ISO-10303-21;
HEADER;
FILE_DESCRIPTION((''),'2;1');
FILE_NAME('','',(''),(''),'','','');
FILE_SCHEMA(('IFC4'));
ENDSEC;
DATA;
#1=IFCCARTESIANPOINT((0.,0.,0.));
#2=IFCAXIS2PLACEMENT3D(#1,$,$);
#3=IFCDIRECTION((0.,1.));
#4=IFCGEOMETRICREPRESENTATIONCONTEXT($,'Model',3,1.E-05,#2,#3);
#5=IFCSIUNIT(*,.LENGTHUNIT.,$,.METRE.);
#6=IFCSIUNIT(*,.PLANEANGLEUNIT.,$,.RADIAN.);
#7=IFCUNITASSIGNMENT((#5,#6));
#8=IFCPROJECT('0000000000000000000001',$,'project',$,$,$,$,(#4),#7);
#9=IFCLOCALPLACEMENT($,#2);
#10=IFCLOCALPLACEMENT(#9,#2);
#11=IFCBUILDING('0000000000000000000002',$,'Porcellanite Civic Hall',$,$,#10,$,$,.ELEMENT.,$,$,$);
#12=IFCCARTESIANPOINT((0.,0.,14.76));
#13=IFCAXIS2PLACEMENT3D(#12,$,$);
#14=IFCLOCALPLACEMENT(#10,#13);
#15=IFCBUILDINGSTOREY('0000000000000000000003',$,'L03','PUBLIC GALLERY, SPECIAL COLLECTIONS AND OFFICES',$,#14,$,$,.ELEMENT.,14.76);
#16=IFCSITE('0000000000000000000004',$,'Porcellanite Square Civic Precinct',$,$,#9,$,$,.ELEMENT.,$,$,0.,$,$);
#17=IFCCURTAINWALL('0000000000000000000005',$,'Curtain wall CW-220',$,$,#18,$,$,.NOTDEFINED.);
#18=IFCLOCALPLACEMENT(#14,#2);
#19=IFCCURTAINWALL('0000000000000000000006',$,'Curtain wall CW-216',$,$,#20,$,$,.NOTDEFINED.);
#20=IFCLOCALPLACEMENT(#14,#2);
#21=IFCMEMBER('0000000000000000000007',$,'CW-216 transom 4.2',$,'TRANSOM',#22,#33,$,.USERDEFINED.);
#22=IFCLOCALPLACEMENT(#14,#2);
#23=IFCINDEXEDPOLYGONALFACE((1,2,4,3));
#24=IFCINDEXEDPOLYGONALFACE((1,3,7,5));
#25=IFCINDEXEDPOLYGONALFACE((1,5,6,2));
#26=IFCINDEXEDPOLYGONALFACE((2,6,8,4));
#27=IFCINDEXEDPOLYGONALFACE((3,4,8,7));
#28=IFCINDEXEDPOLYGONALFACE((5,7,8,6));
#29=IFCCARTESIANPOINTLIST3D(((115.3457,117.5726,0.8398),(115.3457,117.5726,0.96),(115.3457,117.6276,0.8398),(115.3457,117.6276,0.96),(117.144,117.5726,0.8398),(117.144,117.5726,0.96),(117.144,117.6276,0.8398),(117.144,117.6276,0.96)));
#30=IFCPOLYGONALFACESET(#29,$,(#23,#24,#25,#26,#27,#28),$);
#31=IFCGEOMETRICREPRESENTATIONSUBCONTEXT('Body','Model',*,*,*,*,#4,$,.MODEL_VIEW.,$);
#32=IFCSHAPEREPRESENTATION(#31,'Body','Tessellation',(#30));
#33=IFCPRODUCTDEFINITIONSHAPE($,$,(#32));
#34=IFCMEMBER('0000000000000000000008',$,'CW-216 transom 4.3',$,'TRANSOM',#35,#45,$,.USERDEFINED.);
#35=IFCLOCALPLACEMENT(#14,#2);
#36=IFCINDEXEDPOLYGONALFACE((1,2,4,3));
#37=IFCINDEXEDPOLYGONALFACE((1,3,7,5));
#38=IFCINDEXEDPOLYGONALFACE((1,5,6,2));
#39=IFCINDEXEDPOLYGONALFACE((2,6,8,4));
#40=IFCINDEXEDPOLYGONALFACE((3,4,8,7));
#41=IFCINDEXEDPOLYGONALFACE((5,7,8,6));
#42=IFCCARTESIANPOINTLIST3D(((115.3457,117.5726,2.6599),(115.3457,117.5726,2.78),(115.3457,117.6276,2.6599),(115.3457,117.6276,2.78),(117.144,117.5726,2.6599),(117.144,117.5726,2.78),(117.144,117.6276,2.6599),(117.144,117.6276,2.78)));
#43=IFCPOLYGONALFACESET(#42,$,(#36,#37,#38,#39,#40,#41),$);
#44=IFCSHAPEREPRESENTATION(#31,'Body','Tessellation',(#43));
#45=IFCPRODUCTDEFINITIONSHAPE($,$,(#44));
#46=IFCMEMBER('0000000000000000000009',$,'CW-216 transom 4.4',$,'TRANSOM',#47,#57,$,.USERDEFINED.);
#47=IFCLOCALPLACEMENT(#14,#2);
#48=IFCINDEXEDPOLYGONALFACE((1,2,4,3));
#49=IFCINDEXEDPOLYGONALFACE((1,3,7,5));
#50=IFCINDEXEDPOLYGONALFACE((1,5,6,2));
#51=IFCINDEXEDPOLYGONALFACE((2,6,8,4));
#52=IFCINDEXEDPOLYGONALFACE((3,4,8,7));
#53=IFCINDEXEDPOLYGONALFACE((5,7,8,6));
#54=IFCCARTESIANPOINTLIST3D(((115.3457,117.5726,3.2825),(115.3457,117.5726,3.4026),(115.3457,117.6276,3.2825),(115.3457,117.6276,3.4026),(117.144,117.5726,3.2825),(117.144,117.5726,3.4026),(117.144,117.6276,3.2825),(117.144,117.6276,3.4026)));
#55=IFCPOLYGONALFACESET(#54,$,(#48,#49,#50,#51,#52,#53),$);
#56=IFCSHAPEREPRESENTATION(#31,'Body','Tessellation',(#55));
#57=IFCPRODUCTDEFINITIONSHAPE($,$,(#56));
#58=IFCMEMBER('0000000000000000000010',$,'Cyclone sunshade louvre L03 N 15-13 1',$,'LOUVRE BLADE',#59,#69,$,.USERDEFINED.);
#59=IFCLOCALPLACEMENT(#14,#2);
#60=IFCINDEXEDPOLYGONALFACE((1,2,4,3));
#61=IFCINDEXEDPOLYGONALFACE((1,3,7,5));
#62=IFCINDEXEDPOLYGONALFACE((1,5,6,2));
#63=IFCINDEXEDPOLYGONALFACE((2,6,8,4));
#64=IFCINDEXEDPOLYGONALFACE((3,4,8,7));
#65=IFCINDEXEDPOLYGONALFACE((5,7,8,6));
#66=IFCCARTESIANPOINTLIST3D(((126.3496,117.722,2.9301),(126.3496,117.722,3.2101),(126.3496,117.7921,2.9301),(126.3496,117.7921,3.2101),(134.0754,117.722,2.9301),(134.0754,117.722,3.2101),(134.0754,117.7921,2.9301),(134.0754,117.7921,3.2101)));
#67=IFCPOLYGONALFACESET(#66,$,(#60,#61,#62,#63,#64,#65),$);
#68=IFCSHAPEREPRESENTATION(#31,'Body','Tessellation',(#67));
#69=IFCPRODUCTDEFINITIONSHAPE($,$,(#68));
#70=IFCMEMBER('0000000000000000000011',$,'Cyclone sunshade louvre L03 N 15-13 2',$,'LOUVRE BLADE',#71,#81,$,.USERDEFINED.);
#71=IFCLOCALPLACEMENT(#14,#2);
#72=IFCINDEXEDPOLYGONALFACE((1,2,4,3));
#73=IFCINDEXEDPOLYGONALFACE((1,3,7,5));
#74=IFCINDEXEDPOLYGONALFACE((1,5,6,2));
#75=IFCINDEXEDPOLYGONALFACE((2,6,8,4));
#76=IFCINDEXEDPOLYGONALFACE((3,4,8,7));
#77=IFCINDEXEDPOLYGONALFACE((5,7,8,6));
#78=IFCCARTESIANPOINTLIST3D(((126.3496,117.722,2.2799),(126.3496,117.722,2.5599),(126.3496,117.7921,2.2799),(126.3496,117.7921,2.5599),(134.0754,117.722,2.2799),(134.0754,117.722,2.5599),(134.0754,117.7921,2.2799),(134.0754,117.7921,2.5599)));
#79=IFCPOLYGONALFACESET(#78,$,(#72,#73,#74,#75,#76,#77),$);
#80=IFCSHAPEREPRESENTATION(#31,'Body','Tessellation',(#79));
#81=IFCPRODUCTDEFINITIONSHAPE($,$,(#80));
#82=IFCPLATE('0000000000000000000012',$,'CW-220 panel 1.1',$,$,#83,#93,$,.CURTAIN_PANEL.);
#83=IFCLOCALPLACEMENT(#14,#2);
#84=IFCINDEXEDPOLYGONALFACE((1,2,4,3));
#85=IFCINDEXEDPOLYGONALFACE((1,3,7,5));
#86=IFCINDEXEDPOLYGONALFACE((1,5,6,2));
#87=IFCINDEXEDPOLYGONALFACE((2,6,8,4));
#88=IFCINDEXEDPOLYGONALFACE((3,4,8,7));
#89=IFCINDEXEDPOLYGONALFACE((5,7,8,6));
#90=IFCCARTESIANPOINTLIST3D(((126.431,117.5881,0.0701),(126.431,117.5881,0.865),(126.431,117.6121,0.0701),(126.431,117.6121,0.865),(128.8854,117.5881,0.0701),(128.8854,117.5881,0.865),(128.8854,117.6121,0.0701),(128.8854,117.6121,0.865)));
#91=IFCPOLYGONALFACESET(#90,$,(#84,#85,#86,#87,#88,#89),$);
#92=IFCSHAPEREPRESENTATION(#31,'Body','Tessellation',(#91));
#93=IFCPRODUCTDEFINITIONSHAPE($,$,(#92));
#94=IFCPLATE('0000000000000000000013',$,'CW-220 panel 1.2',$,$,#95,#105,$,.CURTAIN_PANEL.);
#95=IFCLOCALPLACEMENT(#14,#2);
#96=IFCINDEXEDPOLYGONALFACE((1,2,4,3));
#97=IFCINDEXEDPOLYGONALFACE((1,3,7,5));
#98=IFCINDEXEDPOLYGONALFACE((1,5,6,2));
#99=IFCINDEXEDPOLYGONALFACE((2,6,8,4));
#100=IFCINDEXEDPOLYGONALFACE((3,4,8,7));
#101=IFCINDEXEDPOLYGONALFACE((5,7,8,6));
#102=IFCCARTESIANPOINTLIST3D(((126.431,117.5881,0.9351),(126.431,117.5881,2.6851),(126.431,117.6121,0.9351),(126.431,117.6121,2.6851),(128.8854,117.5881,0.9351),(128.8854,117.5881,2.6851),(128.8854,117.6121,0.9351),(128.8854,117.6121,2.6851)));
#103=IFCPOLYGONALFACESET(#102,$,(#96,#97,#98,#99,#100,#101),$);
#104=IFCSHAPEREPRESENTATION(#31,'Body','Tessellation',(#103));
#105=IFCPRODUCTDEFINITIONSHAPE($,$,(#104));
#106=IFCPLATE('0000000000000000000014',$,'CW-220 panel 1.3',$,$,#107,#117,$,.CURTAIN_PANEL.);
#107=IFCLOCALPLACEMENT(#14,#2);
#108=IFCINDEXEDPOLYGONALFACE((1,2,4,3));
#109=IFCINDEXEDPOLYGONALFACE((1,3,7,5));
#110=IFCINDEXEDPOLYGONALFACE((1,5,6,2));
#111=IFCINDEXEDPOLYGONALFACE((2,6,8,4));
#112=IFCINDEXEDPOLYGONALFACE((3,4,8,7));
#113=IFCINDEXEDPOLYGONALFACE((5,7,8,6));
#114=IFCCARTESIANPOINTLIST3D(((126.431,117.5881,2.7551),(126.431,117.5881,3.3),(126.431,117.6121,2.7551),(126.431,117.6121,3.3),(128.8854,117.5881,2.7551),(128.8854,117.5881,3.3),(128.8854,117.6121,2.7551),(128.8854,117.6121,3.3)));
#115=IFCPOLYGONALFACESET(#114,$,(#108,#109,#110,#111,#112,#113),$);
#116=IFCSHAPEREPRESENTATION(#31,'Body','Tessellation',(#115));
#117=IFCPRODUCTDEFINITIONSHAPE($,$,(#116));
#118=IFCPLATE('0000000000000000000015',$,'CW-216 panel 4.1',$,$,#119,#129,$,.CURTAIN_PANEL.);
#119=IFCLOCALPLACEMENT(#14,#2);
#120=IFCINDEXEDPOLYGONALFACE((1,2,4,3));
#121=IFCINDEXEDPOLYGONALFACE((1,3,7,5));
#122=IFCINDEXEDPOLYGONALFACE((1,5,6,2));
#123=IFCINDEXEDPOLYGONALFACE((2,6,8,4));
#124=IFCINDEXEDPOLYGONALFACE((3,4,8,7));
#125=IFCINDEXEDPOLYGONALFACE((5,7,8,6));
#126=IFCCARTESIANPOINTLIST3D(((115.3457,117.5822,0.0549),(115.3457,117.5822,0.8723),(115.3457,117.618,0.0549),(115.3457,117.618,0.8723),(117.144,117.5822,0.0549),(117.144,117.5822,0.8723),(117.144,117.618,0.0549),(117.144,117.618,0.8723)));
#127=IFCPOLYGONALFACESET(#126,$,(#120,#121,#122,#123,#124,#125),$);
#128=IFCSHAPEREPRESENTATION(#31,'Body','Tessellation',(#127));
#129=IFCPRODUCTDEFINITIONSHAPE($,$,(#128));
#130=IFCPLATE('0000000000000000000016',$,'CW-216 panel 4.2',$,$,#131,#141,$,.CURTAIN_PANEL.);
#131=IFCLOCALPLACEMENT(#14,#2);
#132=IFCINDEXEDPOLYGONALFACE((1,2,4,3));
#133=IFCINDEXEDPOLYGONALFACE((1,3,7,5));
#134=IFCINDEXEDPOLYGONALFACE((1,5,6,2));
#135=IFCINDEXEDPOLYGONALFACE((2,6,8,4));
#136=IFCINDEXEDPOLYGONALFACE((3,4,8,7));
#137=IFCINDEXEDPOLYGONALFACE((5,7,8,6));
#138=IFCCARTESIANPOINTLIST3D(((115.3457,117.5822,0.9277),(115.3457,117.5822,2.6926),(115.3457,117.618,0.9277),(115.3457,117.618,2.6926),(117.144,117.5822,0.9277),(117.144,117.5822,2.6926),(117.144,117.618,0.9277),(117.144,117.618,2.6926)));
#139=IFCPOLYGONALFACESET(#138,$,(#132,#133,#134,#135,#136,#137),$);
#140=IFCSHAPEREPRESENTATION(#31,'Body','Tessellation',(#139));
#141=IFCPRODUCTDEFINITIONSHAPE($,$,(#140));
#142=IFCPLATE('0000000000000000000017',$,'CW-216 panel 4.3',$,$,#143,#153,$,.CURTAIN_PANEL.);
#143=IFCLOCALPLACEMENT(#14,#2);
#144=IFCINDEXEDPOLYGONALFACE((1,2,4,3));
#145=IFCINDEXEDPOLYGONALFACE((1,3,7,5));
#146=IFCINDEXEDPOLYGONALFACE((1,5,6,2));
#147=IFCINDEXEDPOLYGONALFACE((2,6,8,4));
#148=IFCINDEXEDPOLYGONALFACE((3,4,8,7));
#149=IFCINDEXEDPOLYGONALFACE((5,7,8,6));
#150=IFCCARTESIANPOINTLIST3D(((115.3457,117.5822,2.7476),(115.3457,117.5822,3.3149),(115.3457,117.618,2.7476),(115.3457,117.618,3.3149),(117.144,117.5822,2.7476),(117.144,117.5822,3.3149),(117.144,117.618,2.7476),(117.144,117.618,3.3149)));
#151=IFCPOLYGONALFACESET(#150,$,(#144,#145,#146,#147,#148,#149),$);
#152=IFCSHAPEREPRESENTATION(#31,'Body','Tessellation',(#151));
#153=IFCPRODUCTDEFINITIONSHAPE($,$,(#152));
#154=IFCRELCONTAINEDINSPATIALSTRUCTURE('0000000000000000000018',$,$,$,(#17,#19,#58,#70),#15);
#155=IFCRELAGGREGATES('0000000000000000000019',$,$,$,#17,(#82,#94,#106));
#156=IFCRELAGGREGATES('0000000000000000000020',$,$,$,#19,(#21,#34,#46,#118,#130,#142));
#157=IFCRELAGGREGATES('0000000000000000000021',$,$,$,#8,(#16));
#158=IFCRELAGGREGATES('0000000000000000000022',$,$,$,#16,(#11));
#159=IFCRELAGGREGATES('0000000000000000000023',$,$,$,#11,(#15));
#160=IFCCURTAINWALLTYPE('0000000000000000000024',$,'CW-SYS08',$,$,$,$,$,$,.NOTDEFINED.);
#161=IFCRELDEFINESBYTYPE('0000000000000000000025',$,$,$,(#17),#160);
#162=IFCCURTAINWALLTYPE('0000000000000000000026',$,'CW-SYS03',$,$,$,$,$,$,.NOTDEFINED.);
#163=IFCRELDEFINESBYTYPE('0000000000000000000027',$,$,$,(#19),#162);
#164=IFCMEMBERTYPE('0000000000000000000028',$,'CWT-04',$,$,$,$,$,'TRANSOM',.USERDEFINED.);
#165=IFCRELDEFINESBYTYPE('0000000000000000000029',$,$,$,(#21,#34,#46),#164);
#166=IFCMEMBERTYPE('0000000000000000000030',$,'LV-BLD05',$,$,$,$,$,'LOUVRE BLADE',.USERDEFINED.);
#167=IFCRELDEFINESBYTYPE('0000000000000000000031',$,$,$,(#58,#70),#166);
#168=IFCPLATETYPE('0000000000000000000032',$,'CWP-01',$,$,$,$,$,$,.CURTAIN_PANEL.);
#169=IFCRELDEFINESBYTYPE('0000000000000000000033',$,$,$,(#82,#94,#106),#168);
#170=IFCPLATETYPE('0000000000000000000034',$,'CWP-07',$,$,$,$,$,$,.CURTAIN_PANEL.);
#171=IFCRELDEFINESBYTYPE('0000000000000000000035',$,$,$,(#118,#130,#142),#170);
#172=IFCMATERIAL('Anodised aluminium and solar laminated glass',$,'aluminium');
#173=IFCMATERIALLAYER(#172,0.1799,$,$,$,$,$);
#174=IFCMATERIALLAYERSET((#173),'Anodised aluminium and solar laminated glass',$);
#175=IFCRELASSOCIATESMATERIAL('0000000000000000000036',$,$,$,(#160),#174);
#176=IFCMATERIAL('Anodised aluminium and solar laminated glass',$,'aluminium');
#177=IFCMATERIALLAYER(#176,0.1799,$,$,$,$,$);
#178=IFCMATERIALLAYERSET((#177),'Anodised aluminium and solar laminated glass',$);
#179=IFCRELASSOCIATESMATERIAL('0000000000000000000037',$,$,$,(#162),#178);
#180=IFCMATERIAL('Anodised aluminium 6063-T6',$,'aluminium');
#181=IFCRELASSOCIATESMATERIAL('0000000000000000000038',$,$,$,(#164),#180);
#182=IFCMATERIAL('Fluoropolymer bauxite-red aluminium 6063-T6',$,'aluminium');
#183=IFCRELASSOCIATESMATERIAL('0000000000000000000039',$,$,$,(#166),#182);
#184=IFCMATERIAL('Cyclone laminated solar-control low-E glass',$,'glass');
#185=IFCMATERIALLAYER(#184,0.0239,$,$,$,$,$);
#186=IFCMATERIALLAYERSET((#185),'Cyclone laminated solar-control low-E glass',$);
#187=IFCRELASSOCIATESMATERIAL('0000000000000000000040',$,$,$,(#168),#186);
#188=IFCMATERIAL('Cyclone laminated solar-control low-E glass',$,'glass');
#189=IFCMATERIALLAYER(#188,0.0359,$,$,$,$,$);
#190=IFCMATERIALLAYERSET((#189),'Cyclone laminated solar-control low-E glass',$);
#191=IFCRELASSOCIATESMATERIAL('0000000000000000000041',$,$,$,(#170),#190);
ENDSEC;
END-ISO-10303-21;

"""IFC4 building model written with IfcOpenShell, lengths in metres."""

from ifc_helpers import new_model, si_unit, direction, frame, origin, origin_2d, place, context, subcontext, project, spatial, rectangle, extrude, material, layer, layer_set, material_profile, profile_set, type_object, element, aggregate, save


model = new_model("IFC4")

# Units and contexts
model_context = context("Model", 3, precision=1e-05, world=origin(), true_north=direction((0.0, 1.0)))
body_context = subcontext(model_context, "Body", "Model", "MODEL_VIEW")
ifc_project = project(units=[si_unit("LENGTHUNIT", "METRE"), si_unit("PLANEANGLEUNIT", "RADIAN")], contexts=[model_context])

# Site, building, storey
site_placement = place(None, origin())
site = spatial("IfcSite", under=ifc_project, at=site_placement, Name="Porcellanite Square Civic Precinct", CompositionType="ELEMENT", RefElevation=0.0)
building_placement = place(site_placement, origin())
building = spatial("IfcBuilding", under=site, at=building_placement, Name="Porcellanite Civic Hall", CompositionType="ELEMENT")
storey_placement = place(building_placement, frame((0.0, 0.0, 14.76)))
storey = spatial("IfcBuildingStorey", under=building, at=storey_placement, Name="L03", Description="PUBLIC GALLERY, SPECIAL COLLECTIONS AND OFFICES", CompositionType="ELEMENT", Elevation=14.76)

# Curtain wall
ifc_material_1 = material(Name="Anodised aluminium and solar laminated glass", Category="aluminium")
ifc_layer_1 = layer(ifc_material_1, 0.1799)
ifc_layer_set_1 = layer_set([ifc_layer_1], Name="Anodised aluminium and solar laminated glass")
curtain_wall_type_1 = type_object("IfcCurtainWallType", Name="CW-SYS08", PredefinedType="NOTDEFINED", material=ifc_layer_set_1)
curtain_wall_1_placement = place(storey_placement, origin())
curtain_wall_1 = element("IfcCurtainWall", 1, at=curtain_wall_1_placement, inside=storey, type_object=curtain_wall_type_1, Name="Curtain wall CW-220", PredefinedType="NOTDEFINED")

# Curtain wall
ifc_material_2 = material(Name="Anodised aluminium and solar laminated glass", Category="aluminium")
ifc_layer_2 = layer(ifc_material_2, 0.1799)
ifc_layer_set_2 = layer_set([ifc_layer_2], Name="Anodised aluminium and solar laminated glass")
curtain_wall_type_2 = type_object("IfcCurtainWallType", Name="CW-SYS03", PredefinedType="NOTDEFINED", material=ifc_layer_set_2)
curtain_wall_2_placement = place(storey_placement, origin())
curtain_wall_2 = element("IfcCurtainWall", 2, at=curtain_wall_2_placement, inside=storey, type_object=curtain_wall_type_2, Name="Curtain wall CW-216", PredefinedType="NOTDEFINED")

# Members
ifc_material_3 = material(Name="Anodised aluminium 6063-T6", Category="aluminium")
ifc_material_profile_1 = material_profile(ifc_material_3, rectangle(XDim=0.0549, YDim=0.1201, at=origin_2d()), Name="AL-55x120")
ifc_profile_set_1 = profile_set([ifc_material_profile_1], Name="Anodised aluminium 6063-T6")
member_type_1 = type_object("IfcMemberType", Name="CWT-04", ElementType="TRANSOM", PredefinedType="USERDEFINED", material=ifc_profile_set_1)
member_1_placement = place(storey_placement, frame((115.3457, 117.6001, 0.8999), z_axis=(1.0, 0.0, 0.0), x_axis=(0.0, 1.0, 0.0)))
member_1 = element("IfcMember", 3, at=member_1_placement, type_object=member_type_1, Name="CW-216 transom 4.2", ObjectType="TRANSOM", PredefinedType="USERDEFINED", context=body_context, shape_type="SweptSolid", body=[
    extrude(rectangle(XDim=0.0549, YDim=0.1201, at=origin_2d()), origin(), (0.0, 0.0, 1.0), 1.7983),
])
member_2_placement = place(storey_placement, frame((115.3457, 117.6001, 2.72), z_axis=(1.0, 0.0, 0.0), x_axis=(0.0, 1.0, 0.0)))
member_2 = element("IfcMember", 4, at=member_2_placement, type_object=member_type_1, Name="CW-216 transom 4.3", ObjectType="TRANSOM", PredefinedType="USERDEFINED", context=body_context, shape_type="SweptSolid", body=[
    extrude(rectangle(XDim=0.0549, YDim=0.1201, at=origin_2d()), origin(), (0.0, 0.0, 1.0), 1.7983),
])
member_3_placement = place(storey_placement, frame((115.3457, 117.6001, 3.3425), z_axis=(1.0, 0.0, 0.0), x_axis=(0.0, 1.0, 0.0)))
member_3 = element("IfcMember", 5, at=member_3_placement, type_object=member_type_1, Name="CW-216 transom 4.4", ObjectType="TRANSOM", PredefinedType="USERDEFINED", context=body_context, shape_type="SweptSolid", body=[
    extrude(rectangle(XDim=0.0549, YDim=0.1201, at=origin_2d()), origin(), (0.0, 0.0, 1.0), 1.7983),
])

# Members
ifc_material_4 = material(Name="Fluoropolymer bauxite-red aluminium 6063-T6", Category="aluminium")
ifc_material_profile_2 = material_profile(ifc_material_4, rectangle(XDim=0.0701, YDim=0.28, at=origin_2d()), Name="AL-70x280")
ifc_profile_set_2 = profile_set([ifc_material_profile_2], Name="Fluoropolymer bauxite-red aluminium 6063-T6")
member_type_2 = type_object("IfcMemberType", Name="LV-BLD05", ElementType="LOUVRE BLADE", PredefinedType="USERDEFINED", material=ifc_profile_set_2)
for number, where, z_axis, x_axis, name in (
    (6, (126.3496, 117.7571, 3.0701), (1.0, 0.0, 0.0), (0.0, 1.0, 0.0), "Cyclone sunshade louvre L03 N 15-13 1"),
    (7, (126.3496, 117.7571, 2.4199), (1.0, 0.0, 0.0), (0.0, 1.0, 0.0), "Cyclone sunshade louvre L03 N 15-13 2"),
):
    element("IfcMember", number, at=place(storey_placement, frame(where, z_axis=z_axis, x_axis=x_axis)), inside=storey, type_object=member_type_2, Name=name, ObjectType="LOUVRE BLADE", PredefinedType="USERDEFINED", context=body_context, shape_type="SweptSolid", body=[
        extrude(rectangle(XDim=0.0701, YDim=0.28, at=origin_2d()), origin(), (0.0, 0.0, 1.0), 7.7258),
    ])

# Plates
ifc_material_5 = material(Name="Cyclone laminated solar-control low-E glass", Category="glass")
ifc_layer_3 = layer(ifc_material_5, 0.0239)
ifc_layer_set_3 = layer_set([ifc_layer_3], Name="Cyclone laminated solar-control low-E glass")
plate_type_1 = type_object("IfcPlateType", Name="CWP-01", PredefinedType="CURTAIN_PANEL", material=ifc_layer_set_3)
plate_1_placement = place(storey_placement, frame((127.6582, 117.6001, 0.0701), z_axis=(0.0, 0.0, 1.0), x_axis=(1.0, 0.0, 0.0)))
plate_1 = element("IfcPlate", 8, at=plate_1_placement, type_object=plate_type_1, Name="CW-220 panel 1.1", PredefinedType="CURTAIN_PANEL", context=body_context, shape_type="SweptSolid", body=[
    extrude(rectangle(XDim=2.4543, YDim=0.0239, at=origin_2d()), origin(), (0.0, 0.0, 1.0), 0.7949),
])
plate_2_placement = place(storey_placement, frame((127.6582, 117.6001, 0.9351), z_axis=(0.0, 0.0, 1.0), x_axis=(1.0, 0.0, 0.0)))
plate_2 = element("IfcPlate", 9, at=plate_2_placement, type_object=plate_type_1, Name="CW-220 panel 1.2", PredefinedType="CURTAIN_PANEL", context=body_context, shape_type="SweptSolid", body=[
    extrude(rectangle(XDim=2.4543, YDim=0.0239, at=origin_2d()), origin(), (0.0, 0.0, 1.0), 1.75),
])
plate_3_placement = place(storey_placement, frame((127.6582, 117.6001, 2.7551), z_axis=(0.0, 0.0, 1.0), x_axis=(1.0, 0.0, 0.0)))
plate_3 = element("IfcPlate", 10, at=plate_3_placement, type_object=plate_type_1, Name="CW-220 panel 1.3", PredefinedType="CURTAIN_PANEL", context=body_context, shape_type="SweptSolid", body=[
    extrude(rectangle(XDim=2.4543, YDim=0.0239, at=origin_2d()), origin(), (0.0, 0.0, 1.0), 0.5449),
])
aggregate(curtain_wall_1, [plate_1, plate_2, plate_3])
ifc_material_6 = material(Name="Cyclone laminated solar-control low-E glass", Category="glass")
ifc_layer_4 = layer(ifc_material_6, 0.0359)
ifc_layer_set_4 = layer_set([ifc_layer_4], Name="Cyclone laminated solar-control low-E glass")
plate_type_2 = type_object("IfcPlateType", Name="CWP-07", PredefinedType="CURTAIN_PANEL", material=ifc_layer_set_4)
plate_4_placement = place(storey_placement, frame((116.2449, 117.6001, 0.0549), z_axis=(0.0, 0.0, 1.0), x_axis=(1.0, 0.0, 0.0)))
plate_4 = element("IfcPlate", 11, at=plate_4_placement, type_object=plate_type_2, Name="CW-216 panel 4.1", PredefinedType="CURTAIN_PANEL", context=body_context, shape_type="SweptSolid", body=[
    extrude(rectangle(XDim=1.7983, YDim=0.0359, at=origin_2d()), origin(), (0.0, 0.0, 1.0), 0.8174),
])
plate_5_placement = place(storey_placement, frame((116.2449, 117.6001, 0.9277), z_axis=(0.0, 0.0, 1.0), x_axis=(1.0, 0.0, 0.0)))
plate_5 = element("IfcPlate", 12, at=plate_5_placement, type_object=plate_type_2, Name="CW-216 panel 4.2", PredefinedType="CURTAIN_PANEL", context=body_context, shape_type="SweptSolid", body=[
    extrude(rectangle(XDim=1.7983, YDim=0.0359, at=origin_2d()), origin(), (0.0, 0.0, 1.0), 1.7649),
])
plate_6_placement = place(storey_placement, frame((116.2449, 117.6001, 2.7476), z_axis=(0.0, 0.0, 1.0), x_axis=(1.0, 0.0, 0.0)))
plate_6 = element("IfcPlate", 13, at=plate_6_placement, type_object=plate_type_2, Name="CW-216 panel 4.3", PredefinedType="CURTAIN_PANEL", context=body_context, shape_type="SweptSolid", body=[
    extrude(rectangle(XDim=1.7983, YDim=0.0359, at=origin_2d()), origin(), (0.0, 0.0, 1.0), 0.5674),
])
aggregate(curtain_wall_2, [member_1, member_2, member_3, plate_4, plate_5, plate_6])

save(model, "model.ifc")
